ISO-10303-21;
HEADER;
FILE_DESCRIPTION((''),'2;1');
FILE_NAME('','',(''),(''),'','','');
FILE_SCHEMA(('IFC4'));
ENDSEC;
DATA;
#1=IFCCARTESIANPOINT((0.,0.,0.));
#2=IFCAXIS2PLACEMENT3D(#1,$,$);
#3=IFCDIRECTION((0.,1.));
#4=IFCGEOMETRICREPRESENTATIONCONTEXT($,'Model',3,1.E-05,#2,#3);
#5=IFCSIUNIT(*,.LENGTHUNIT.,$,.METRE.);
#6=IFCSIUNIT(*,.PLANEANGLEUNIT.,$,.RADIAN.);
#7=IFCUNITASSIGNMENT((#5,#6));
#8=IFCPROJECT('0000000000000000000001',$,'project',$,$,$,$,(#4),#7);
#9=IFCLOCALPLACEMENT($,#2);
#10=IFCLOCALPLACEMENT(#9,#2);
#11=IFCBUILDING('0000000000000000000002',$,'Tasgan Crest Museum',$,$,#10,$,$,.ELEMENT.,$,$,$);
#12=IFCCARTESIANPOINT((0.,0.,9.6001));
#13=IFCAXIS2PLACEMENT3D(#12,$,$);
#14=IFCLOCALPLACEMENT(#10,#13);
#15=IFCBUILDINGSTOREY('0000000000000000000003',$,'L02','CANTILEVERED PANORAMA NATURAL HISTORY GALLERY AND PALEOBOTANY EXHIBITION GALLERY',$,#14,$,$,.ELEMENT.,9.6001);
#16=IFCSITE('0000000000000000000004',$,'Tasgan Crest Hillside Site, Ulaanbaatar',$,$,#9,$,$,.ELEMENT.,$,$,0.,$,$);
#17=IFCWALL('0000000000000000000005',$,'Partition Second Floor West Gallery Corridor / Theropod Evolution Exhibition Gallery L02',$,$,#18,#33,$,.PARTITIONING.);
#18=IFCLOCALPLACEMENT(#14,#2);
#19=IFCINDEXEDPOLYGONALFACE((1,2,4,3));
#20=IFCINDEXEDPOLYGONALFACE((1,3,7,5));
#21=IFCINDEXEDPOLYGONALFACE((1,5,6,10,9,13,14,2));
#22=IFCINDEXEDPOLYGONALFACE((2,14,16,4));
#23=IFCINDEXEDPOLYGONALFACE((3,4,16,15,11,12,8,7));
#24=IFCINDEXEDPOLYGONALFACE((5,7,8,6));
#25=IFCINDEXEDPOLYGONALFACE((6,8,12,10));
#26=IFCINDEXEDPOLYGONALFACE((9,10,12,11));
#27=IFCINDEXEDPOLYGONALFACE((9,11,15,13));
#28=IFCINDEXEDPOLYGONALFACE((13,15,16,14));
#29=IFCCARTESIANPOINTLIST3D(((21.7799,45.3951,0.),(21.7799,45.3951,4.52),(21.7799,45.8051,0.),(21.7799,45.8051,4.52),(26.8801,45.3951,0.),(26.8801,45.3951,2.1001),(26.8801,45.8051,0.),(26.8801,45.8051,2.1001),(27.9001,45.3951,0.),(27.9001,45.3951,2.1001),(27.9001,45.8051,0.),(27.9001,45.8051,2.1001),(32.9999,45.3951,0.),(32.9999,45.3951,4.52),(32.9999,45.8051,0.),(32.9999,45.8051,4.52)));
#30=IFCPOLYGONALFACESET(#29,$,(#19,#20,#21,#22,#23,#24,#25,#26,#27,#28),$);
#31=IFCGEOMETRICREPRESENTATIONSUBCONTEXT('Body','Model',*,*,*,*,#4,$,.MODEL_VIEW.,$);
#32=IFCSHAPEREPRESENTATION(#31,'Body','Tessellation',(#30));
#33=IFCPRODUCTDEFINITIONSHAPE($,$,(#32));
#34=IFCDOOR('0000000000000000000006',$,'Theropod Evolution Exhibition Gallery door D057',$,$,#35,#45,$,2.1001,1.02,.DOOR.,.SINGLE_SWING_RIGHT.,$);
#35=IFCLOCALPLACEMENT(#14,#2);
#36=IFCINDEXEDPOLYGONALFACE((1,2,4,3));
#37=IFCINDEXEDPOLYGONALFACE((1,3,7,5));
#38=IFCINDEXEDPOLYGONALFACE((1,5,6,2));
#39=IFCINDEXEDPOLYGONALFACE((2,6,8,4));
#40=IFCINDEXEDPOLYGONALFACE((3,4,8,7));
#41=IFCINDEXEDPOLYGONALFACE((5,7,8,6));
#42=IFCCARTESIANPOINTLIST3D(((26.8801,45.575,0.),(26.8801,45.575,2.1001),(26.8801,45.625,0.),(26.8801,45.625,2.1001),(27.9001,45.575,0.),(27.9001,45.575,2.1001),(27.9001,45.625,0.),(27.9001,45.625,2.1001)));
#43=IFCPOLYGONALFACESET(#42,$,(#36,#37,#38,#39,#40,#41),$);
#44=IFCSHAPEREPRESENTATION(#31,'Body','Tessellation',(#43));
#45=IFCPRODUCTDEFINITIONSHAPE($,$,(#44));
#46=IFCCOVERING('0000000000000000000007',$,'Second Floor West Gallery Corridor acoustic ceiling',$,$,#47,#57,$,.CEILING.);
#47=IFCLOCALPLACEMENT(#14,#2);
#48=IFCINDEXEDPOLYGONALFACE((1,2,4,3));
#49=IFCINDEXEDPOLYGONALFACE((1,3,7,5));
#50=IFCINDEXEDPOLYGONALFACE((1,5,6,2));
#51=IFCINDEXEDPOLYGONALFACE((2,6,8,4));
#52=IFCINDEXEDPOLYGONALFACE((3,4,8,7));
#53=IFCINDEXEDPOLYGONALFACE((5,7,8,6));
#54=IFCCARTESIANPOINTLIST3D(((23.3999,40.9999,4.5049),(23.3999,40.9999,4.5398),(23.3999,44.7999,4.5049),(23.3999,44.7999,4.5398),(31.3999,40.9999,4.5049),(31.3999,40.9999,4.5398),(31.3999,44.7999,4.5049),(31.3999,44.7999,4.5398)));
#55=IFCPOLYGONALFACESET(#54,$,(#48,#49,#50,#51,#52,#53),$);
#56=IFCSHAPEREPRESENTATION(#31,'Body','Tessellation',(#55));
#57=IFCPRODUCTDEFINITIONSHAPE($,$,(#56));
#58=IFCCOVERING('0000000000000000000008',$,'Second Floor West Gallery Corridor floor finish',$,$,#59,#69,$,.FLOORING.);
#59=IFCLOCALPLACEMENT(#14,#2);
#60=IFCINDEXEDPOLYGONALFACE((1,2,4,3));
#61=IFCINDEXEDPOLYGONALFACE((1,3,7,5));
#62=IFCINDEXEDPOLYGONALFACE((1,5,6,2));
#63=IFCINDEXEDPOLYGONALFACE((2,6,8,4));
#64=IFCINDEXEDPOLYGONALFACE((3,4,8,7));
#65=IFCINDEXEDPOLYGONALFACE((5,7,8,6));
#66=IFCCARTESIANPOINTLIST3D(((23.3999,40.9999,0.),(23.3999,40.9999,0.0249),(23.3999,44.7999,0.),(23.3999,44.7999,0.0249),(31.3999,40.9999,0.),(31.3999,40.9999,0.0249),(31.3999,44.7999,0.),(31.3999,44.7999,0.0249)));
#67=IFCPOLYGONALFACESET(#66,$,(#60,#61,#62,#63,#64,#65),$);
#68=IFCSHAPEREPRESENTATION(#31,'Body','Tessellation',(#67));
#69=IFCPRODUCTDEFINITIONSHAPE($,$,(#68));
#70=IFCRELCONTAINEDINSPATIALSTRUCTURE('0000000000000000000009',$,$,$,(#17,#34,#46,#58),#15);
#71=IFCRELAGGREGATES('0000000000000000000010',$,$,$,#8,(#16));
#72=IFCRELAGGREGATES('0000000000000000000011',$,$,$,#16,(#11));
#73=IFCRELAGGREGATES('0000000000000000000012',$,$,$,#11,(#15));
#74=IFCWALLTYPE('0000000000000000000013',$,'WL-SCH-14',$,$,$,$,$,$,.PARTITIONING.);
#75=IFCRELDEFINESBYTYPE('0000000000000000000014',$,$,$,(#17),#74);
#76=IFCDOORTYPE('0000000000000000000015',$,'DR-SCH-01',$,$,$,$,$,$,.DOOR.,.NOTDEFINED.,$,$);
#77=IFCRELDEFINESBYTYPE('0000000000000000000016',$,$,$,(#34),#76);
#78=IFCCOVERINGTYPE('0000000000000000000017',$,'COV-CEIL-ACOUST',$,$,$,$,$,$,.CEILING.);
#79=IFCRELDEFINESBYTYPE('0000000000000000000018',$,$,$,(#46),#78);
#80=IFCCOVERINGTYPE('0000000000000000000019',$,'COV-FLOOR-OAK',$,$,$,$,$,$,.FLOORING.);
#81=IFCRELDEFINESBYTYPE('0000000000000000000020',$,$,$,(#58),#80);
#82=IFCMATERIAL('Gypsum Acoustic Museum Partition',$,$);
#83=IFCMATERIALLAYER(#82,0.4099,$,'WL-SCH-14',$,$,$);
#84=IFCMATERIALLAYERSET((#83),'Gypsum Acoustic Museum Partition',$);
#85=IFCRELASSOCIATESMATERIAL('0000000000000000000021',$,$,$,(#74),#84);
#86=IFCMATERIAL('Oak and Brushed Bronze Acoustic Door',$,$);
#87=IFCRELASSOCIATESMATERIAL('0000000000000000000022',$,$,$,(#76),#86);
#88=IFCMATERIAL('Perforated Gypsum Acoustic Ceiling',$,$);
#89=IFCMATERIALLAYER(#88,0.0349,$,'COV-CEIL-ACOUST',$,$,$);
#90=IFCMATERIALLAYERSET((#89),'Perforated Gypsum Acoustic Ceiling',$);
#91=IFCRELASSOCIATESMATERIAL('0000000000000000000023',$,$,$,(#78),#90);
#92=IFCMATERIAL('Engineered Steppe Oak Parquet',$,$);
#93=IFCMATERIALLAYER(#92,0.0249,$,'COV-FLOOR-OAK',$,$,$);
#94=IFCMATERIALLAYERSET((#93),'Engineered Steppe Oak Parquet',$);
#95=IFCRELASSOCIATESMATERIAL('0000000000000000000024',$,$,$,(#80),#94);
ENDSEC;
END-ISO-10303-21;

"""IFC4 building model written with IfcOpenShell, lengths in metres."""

from ifc_helpers import new_model, si_unit, direction, frame, frame_2d, origin, origin_2d, place, context, subcontext, project, spatial, rectangle, extrude, material, layer, layer_set, type_object, element, fill, save


model = new_model("IFC4")

# Units and contexts
model_context = context("Model", 3, precision=1e-05, world=origin(), true_north=direction((0.0, 1.0)))
body_context = subcontext(model_context, "Body", "Model", "MODEL_VIEW")
ifc_project = project(units=[si_unit("LENGTHUNIT", "METRE"), si_unit("PLANEANGLEUNIT", "RADIAN")], contexts=[model_context])

# Site, building, storey
site_placement = place(None, origin())
site = spatial("IfcSite", under=ifc_project, at=site_placement, Name="Tasgan Crest Hillside Site, Ulaanbaatar", CompositionType="ELEMENT", RefElevation=0.0)
building_placement = place(site_placement, origin())
building = spatial("IfcBuilding", under=site, at=building_placement, Name="Tasgan Crest Museum", CompositionType="ELEMENT")
storey_placement = place(building_placement, frame((0.0, 0.0, 9.6001)))
storey = spatial("IfcBuildingStorey", under=building, at=storey_placement, Name="L02", Description="CANTILEVERED PANORAMA NATURAL HISTORY GALLERY AND PALEOBOTANY EXHIBITION GALLERY", CompositionType="ELEMENT", Elevation=9.6001)

# Wall, opening, door
ifc_material_1 = material(Name="Gypsum Acoustic Museum Partition")
ifc_layer_1 = layer(ifc_material_1, 0.4099, Name="WL-SCH-14")
ifc_layer_set_1 = layer_set([ifc_layer_1], Name="Gypsum Acoustic Museum Partition")
wall_type_1 = type_object("IfcWallType", Name="WL-SCH-14", PredefinedType="PARTITIONING", material=ifc_layer_set_1)
wall_1_placement = place(storey_placement, frame((21.78, 45.6001, 0.0), z_axis=(0.0, 0.0, 1.0), x_axis=(1.0, 0.0, 0.0)))
wall_1 = element("IfcWall", 1, at=wall_1_placement, inside=storey, type_object=wall_type_1, Name="Partition Second Floor West Gallery Corridor / Theropod Evolution Exhibition Gallery L02", PredefinedType="PARTITIONING", context=body_context, shape_type="SweptSolid", body=[
    extrude(rectangle(XDim=11.22, YDim=0.4099, at=frame_2d((5.6099, 0.0))), origin(), (0.0, 0.0, 1.0), 4.52),
])
opening_1_placement = place(wall_1_placement, frame((5.1001, 0.0, 0.0)))
opening_1 = element("IfcOpeningElement", 2, at=opening_1_placement, cuts=wall_1, PredefinedType="OPENING", context=body_context, shape_type="SweptSolid", body=[
    extrude(rectangle(XDim=1.02, YDim=2.1001, at=frame_2d((0.51, 1.05))), frame((0.0, 0.2148, 0.0), z_axis=(0.0, -1.0, 0.0), x_axis=(1.0, 0.0, 0.0)), (0.0, 0.0, 1.0), 0.4299),
])
ifc_material_2 = material(Name="Oak and Brushed Bronze Acoustic Door")
door_type_1 = type_object("IfcDoorType", Name="DR-SCH-01", OperationType="NOTDEFINED", PredefinedType="DOOR", material=ifc_material_2)
door_1_placement = place(opening_1_placement, origin())
door_1 = element("IfcDoor", 3, at=door_1_placement, inside=storey, type_object=door_type_1, Name="Theropod Evolution Exhibition Gallery door D057", OperationType="SINGLE_SWING_RIGHT", OverallHeight=2.1001, OverallWidth=1.02, PredefinedType="DOOR", context=body_context, shape_type="SweptSolid", body=[
    extrude(rectangle(XDim=1.02, YDim=2.1001, at=frame_2d((0.51, 1.05))), frame((0.0, 0.0249, 0.0), z_axis=(0.0, -1.0, 0.0), x_axis=(1.0, 0.0, 0.0)), (0.0, 0.0, 1.0), 0.05),
])
fill(opening_1, door_1)

# Coverings
ifc_material_3 = material(Name="Perforated Gypsum Acoustic Ceiling")
ifc_layer_2 = layer(ifc_material_3, 0.0349, Name="COV-CEIL-ACOUST")
ifc_layer_set_2 = layer_set([ifc_layer_2], Name="Perforated Gypsum Acoustic Ceiling")
covering_type_1 = type_object("IfcCoveringType", Name="COV-CEIL-ACOUST", PredefinedType="CEILING", material=ifc_layer_set_2)
covering_1_placement = place(storey_placement, frame((27.3999, 42.8999, 4.5049), z_axis=(0.0, 0.0, 1.0), x_axis=(1.0, 0.0, 0.0)))
element("IfcCovering", 4, at=covering_1_placement, inside=storey, type_object=covering_type_1, Name="Second Floor West Gallery Corridor acoustic ceiling", PredefinedType="CEILING", context=body_context, shape_type="SweptSolid", body=[
    extrude(rectangle(XDim=8.0, YDim=3.8, at=origin_2d()), origin(), (0.0, 0.0, 1.0), 0.0349),
])
ifc_material_4 = material(Name="Engineered Steppe Oak Parquet")
ifc_layer_3 = layer(ifc_material_4, 0.0249, Name="COV-FLOOR-OAK")
ifc_layer_set_3 = layer_set([ifc_layer_3], Name="Engineered Steppe Oak Parquet")
covering_type_2 = type_object("IfcCoveringType", Name="COV-FLOOR-OAK", PredefinedType="FLOORING", material=ifc_layer_set_3)
covering_2_placement = place(storey_placement, frame((27.3999, 42.8999, 0.0), z_axis=(0.0, 0.0, 1.0), x_axis=(1.0, 0.0, 0.0)))
element("IfcCovering", 5, at=covering_2_placement, inside=storey, type_object=covering_type_2, Name="Second Floor West Gallery Corridor floor finish", PredefinedType="FLOORING", context=body_context, shape_type="SweptSolid", body=[
    extrude(rectangle(XDim=8.0, YDim=3.8, at=origin_2d()), origin(), (0.0, 0.0, 1.0), 0.0249),
])

save(model, "model.ifc")
